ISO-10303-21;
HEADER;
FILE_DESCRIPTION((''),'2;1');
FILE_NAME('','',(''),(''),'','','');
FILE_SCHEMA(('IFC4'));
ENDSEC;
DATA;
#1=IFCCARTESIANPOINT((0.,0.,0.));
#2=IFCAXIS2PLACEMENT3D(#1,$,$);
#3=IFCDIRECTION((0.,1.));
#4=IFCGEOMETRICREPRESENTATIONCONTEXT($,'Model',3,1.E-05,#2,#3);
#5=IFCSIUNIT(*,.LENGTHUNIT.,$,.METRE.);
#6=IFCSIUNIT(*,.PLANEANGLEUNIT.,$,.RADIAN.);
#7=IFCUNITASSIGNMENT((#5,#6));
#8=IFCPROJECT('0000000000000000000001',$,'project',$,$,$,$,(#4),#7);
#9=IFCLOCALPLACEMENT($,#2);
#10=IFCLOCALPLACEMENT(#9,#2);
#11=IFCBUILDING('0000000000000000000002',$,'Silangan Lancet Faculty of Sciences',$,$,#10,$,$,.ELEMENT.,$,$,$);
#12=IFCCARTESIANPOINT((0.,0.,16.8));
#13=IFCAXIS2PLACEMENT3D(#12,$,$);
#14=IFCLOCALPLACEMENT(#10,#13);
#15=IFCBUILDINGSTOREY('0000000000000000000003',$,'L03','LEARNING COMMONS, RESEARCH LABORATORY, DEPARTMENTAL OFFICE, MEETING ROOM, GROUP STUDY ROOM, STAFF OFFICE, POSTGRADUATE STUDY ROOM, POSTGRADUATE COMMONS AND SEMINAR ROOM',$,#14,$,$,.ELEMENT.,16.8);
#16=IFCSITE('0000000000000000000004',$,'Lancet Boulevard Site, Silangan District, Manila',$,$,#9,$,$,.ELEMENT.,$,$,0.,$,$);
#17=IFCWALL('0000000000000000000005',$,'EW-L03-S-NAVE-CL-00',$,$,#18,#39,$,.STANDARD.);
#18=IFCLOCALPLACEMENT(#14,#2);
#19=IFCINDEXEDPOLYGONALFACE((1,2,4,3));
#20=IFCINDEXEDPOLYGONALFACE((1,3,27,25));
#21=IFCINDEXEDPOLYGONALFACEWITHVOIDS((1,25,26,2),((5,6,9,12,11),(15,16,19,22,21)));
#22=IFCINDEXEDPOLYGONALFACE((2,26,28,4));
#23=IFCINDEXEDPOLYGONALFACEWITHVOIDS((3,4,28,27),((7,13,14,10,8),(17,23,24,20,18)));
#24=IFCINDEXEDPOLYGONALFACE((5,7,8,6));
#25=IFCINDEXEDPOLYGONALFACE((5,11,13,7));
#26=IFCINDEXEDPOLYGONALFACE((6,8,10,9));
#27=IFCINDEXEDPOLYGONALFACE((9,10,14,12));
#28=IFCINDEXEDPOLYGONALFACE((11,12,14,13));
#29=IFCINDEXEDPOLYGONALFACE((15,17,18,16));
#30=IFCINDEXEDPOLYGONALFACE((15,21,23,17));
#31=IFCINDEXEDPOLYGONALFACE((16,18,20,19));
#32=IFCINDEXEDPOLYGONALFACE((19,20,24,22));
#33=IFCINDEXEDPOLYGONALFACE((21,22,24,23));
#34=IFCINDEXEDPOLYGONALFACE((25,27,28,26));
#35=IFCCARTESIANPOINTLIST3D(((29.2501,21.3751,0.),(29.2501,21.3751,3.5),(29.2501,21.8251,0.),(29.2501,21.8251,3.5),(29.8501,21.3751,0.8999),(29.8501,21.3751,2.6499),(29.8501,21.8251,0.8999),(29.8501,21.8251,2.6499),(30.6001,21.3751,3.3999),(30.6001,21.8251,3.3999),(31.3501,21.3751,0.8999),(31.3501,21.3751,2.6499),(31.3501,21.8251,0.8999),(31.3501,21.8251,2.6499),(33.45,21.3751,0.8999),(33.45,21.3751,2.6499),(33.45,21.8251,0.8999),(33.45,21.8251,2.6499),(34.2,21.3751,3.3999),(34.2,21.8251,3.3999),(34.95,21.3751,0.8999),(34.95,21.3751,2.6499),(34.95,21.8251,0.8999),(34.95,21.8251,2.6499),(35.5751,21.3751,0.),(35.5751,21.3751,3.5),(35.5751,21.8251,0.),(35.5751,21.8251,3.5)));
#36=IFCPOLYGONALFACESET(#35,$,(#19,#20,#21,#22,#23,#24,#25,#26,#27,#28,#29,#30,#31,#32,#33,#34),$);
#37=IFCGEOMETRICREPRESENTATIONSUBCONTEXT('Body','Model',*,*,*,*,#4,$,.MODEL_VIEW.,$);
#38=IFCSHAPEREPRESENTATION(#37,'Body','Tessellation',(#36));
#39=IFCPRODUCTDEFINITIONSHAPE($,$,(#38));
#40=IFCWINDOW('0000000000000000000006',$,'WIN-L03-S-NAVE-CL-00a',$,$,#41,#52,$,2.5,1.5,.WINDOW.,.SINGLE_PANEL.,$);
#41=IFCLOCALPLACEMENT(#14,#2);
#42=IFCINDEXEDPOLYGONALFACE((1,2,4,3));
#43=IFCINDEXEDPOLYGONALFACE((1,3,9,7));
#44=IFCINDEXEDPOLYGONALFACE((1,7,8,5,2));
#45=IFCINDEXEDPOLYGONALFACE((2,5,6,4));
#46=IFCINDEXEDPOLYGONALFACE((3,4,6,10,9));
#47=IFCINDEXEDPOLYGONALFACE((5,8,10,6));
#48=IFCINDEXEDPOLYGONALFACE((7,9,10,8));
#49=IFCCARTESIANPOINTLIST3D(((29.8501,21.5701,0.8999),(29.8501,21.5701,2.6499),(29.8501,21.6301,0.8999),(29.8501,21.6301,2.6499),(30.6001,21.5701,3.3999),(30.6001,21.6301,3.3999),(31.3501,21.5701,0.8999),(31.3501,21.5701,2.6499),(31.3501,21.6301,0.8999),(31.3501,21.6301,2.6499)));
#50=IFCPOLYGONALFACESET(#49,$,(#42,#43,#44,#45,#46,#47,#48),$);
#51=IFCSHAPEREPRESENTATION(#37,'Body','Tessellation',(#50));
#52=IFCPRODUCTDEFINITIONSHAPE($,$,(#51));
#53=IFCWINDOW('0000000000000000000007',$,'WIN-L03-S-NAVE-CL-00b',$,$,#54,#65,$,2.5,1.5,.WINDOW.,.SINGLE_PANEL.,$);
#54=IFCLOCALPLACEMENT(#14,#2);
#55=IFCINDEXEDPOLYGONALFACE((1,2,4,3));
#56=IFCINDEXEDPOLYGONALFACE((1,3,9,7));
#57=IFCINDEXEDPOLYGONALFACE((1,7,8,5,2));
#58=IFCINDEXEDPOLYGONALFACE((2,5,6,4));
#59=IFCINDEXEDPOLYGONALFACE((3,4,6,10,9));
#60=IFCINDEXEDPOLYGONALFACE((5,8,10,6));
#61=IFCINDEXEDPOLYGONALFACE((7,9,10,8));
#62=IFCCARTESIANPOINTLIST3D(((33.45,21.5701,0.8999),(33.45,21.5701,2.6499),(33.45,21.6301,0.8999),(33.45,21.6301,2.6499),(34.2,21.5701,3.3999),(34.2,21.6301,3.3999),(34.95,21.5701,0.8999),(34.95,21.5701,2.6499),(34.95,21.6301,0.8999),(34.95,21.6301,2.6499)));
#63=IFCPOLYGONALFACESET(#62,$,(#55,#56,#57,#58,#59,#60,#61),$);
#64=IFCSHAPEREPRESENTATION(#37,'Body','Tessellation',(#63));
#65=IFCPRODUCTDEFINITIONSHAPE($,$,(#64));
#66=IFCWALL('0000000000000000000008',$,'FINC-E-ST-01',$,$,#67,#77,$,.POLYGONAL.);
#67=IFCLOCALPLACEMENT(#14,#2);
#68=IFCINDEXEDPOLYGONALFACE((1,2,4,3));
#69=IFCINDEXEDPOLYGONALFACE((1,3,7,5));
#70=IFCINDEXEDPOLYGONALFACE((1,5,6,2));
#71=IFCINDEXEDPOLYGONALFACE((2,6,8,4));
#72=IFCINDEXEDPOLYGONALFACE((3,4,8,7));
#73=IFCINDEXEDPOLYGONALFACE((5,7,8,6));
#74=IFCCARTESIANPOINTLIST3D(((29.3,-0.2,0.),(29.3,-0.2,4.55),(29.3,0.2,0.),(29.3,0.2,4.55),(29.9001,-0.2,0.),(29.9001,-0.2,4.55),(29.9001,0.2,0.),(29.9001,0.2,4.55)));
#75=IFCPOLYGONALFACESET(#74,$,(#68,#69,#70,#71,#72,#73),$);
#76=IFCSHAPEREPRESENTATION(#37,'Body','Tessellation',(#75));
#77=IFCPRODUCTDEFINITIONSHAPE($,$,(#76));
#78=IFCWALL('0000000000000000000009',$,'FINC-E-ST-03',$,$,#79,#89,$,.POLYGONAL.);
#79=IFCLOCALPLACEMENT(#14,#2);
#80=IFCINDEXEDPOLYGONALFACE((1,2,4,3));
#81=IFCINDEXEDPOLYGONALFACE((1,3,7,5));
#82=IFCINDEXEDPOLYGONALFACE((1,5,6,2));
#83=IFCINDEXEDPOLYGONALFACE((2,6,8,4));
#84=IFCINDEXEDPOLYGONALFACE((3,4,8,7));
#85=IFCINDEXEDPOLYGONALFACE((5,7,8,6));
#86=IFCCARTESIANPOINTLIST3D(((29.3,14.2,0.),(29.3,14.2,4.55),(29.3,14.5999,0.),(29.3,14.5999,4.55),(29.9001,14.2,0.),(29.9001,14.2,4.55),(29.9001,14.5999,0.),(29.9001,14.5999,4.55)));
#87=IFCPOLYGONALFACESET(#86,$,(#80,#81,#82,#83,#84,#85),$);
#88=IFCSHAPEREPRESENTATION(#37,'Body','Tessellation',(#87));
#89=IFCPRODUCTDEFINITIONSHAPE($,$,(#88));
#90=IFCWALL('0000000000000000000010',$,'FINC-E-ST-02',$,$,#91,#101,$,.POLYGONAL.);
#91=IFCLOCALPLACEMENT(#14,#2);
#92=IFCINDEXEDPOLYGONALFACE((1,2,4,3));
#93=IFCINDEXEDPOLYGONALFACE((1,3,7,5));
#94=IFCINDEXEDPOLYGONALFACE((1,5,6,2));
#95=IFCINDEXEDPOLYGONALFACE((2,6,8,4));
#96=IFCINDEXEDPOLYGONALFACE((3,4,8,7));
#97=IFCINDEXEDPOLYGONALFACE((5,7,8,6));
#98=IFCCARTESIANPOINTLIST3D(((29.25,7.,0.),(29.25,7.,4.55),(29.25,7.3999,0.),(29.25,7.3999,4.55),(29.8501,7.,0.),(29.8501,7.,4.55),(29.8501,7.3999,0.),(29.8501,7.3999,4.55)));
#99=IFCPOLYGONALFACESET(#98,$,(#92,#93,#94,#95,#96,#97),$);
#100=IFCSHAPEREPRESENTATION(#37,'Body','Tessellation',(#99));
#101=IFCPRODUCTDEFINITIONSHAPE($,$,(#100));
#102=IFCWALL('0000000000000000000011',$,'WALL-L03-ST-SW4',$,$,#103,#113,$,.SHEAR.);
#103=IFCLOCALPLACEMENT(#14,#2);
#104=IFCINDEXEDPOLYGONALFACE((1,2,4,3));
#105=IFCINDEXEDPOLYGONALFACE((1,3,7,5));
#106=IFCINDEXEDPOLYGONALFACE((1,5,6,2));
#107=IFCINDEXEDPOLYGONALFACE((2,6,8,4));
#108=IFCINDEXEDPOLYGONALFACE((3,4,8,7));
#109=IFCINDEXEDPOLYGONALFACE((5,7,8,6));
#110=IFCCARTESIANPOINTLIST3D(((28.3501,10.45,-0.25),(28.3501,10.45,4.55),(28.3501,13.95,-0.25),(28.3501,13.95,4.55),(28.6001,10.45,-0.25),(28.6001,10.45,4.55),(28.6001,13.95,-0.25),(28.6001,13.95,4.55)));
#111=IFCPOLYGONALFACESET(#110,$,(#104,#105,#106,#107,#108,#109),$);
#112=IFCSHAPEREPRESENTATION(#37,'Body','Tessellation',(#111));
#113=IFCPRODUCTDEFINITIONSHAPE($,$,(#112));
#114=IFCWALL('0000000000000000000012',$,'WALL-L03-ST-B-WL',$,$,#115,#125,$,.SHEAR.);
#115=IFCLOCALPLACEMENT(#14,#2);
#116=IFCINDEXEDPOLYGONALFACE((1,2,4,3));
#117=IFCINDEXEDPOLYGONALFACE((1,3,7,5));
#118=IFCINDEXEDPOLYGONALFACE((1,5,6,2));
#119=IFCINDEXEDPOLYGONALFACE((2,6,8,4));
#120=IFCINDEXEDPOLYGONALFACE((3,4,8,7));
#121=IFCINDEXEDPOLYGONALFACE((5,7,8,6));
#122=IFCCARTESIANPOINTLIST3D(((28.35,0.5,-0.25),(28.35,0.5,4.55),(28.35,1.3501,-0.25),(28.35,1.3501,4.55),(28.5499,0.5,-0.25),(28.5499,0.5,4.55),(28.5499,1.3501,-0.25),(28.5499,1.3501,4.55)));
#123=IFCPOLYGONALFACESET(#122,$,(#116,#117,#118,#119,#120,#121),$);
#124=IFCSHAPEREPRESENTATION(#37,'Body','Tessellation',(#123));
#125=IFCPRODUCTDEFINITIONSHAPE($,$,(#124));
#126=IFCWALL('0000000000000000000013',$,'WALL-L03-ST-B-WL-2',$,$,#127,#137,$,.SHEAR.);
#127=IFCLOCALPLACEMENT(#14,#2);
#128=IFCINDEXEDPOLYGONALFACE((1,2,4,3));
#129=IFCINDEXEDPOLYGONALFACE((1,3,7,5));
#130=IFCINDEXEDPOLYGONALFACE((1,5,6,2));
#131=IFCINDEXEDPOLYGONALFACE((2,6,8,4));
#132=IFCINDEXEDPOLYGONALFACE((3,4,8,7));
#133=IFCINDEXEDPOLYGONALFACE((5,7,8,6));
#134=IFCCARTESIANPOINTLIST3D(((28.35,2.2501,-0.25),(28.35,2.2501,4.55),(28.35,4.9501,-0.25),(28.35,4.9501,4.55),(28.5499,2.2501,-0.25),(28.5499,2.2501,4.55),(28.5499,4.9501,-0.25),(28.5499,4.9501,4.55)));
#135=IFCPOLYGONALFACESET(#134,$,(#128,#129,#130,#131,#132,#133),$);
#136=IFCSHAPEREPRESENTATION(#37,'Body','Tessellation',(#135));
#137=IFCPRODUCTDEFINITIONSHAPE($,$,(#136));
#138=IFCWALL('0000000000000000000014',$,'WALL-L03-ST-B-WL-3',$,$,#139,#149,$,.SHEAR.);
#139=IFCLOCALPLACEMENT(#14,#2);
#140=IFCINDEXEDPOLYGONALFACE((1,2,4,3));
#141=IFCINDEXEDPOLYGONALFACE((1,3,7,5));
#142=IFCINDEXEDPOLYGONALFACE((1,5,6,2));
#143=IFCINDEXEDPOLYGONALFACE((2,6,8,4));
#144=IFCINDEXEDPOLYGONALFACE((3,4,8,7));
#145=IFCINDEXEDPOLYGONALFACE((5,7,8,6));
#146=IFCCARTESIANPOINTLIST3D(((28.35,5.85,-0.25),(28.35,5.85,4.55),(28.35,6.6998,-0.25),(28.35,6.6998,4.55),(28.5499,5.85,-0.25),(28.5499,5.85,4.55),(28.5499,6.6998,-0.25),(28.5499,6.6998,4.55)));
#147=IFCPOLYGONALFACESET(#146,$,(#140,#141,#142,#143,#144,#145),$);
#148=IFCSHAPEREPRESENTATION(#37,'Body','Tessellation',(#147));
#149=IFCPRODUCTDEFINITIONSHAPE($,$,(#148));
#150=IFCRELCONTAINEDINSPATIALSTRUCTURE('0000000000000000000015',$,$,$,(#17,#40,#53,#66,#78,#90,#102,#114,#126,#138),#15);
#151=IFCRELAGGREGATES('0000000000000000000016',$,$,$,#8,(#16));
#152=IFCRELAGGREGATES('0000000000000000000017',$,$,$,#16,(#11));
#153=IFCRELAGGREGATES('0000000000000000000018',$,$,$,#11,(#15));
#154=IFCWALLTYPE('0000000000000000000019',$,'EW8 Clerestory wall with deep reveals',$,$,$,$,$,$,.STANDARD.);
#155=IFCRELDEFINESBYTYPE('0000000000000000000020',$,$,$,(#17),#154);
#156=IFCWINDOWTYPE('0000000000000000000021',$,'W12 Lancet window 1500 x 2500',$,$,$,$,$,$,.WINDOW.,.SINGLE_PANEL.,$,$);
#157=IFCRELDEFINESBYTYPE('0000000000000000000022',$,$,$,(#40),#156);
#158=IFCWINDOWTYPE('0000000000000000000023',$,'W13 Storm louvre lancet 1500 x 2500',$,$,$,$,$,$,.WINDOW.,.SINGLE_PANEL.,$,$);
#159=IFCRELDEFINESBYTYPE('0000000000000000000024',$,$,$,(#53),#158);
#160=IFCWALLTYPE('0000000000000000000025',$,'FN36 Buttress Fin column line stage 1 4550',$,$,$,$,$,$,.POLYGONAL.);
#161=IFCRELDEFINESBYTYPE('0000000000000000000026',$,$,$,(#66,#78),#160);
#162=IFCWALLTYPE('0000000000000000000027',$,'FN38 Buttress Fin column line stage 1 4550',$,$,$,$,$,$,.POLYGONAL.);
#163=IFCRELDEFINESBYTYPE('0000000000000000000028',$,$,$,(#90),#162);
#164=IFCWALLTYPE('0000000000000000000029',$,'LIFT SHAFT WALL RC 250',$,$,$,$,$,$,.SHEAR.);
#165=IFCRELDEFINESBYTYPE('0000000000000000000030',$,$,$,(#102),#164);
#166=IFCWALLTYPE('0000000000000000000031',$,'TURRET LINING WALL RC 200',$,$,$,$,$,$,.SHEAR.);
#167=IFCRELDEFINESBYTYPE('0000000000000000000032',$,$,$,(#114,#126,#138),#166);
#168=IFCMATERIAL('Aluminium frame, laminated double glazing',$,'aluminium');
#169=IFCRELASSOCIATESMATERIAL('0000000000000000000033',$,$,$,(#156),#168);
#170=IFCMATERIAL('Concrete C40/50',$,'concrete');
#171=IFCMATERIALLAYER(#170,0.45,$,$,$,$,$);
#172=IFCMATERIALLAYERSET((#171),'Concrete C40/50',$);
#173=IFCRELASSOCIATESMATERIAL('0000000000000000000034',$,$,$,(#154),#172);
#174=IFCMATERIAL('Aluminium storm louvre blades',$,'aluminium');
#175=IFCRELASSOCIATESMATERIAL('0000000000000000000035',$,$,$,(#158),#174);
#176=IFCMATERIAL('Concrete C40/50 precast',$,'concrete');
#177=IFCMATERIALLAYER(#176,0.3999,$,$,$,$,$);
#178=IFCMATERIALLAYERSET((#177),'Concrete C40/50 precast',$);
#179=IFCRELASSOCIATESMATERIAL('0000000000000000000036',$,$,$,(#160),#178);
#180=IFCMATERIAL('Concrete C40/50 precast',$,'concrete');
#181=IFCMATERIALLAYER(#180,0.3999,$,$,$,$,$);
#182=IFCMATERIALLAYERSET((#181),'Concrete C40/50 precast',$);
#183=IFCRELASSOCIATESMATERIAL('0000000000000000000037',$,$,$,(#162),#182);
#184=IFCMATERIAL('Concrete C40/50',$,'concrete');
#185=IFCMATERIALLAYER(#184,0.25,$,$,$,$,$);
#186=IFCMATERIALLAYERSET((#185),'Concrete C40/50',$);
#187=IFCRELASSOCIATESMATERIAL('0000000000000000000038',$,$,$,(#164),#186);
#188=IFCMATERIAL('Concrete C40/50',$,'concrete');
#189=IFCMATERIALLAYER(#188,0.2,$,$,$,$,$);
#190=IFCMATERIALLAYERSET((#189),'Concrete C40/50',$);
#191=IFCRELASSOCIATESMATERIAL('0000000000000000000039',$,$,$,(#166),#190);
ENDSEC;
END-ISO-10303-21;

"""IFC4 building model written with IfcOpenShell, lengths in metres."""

from ifc_helpers import new_model, si_unit, direction, frame, frame_2d, origin, place, context, subcontext, project, spatial, polyline, rectangle, outline, extrude, material, layer, layer_set, type_object, element, fill, save


model = new_model("IFC4")

# Units and contexts
model_context = context("Model", 3, precision=1e-05, world=origin(), true_north=direction((0.0, 1.0)))
body_context = subcontext(model_context, "Body", "Model", "MODEL_VIEW")
ifc_project = project(units=[si_unit("LENGTHUNIT", "METRE"), si_unit("PLANEANGLEUNIT", "RADIAN")], contexts=[model_context])

# Site, building, storey
site_placement = place(None, origin())
site = spatial("IfcSite", under=ifc_project, at=site_placement, Name="Lancet Boulevard Site, Silangan District, Manila", CompositionType="ELEMENT", RefElevation=0.0)
building_placement = place(site_placement, origin())
building = spatial("IfcBuilding", under=site, at=building_placement, Name="Silangan Lancet Faculty of Sciences", CompositionType="ELEMENT")
storey_placement = place(building_placement, frame((0.0, 0.0, 16.8)))
storey = spatial("IfcBuildingStorey", under=building, at=storey_placement, Name="L03", Description="LEARNING COMMONS, RESEARCH LABORATORY, DEPARTMENTAL OFFICE, MEETING ROOM, GROUP STUDY ROOM, STAFF OFFICE, POSTGRADUATE STUDY ROOM, POSTGRADUATE COMMONS AND SEMINAR ROOM", CompositionType="ELEMENT", Elevation=16.8)

# Shared definitions
ifc_material_1 = material(Name="Aluminium frame, laminated double glazing", Category="aluminium")
window_type_1 = type_object("IfcWindowType", Name="W12 Lancet window 1500 x 2500", PartitioningType="SINGLE_PANEL", PredefinedType="WINDOW", material=ifc_material_1)

# Wall, openings, windows
ifc_material_2 = material(Name="Concrete C40/50", Category="concrete")
ifc_layer_1 = layer(ifc_material_2, 0.45)
ifc_layer_set_1 = layer_set([ifc_layer_1], Name="Concrete C40/50")
wall_type_1 = type_object("IfcWallType", Name="EW8 Clerestory wall with deep reveals", PredefinedType="STANDARD", material=ifc_layer_set_1)
wall_1_placement = place(storey_placement, frame((29.25, 21.6001, 0.0), z_axis=(0.0, 0.0, 1.0), x_axis=(1.0, 0.0, 0.0)))
wall_1 = element("IfcWall", 1, at=wall_1_placement, inside=storey, type_object=wall_type_1, Name="EW-L03-S-NAVE-CL-00", PredefinedType="STANDARD", context=body_context, shape_type="SweptSolid", body=[
    extrude(rectangle(XDim=6.325, YDim=0.45, at=frame_2d((3.1626, 0.0))), origin(), (0.0, 0.0, 1.0), 3.5),
])
opening_1_placement = place(wall_1_placement, frame((0.6001, 0.0, 0.8999)))
opening_1 = element("IfcOpeningElement", 2, at=opening_1_placement, cuts=wall_1, PredefinedType="OPENING", context=body_context, shape_type="SweptSolid", body=[
    extrude(outline(polyline([(0.0, 0.0), (1.5, 0.0), (1.5, 1.75), (0.75, 2.5), (0.0, 1.75), (0.0, 0.0)])), frame((0.0, 0.2349, 0.0), z_axis=(0.0, -1.0, 0.0), x_axis=(1.0, 0.0, 0.0)), (0.0, 0.0, 1.0), 0.47),
])
opening_2_placement = place(wall_1_placement, frame((4.2, 0.0, 0.8999)))
opening_2 = element("IfcOpeningElement", 3, at=opening_2_placement, cuts=wall_1, PredefinedType="OPENING", context=body_context, shape_type="SweptSolid", body=[
    extrude(outline(polyline([(0.0, 0.0), (1.5, 0.0), (1.5, 1.75), (0.75, 2.5), (0.0, 1.75), (0.0, 0.0)])), frame((0.0, 0.2349, 0.0), z_axis=(0.0, -1.0, 0.0), x_axis=(1.0, 0.0, 0.0)), (0.0, 0.0, 1.0), 0.47),
])
window_1_placement = place(opening_1_placement, origin())
window_1 = element("IfcWindow", 4, at=window_1_placement, inside=storey, type_object=window_type_1, Name="WIN-L03-S-NAVE-CL-00a", OverallHeight=2.5, OverallWidth=1.5, PartitioningType="SINGLE_PANEL", PredefinedType="WINDOW", context=body_context, shape_type="SweptSolid", body=[
    extrude(outline(polyline([(0.0, 0.0), (1.5, 0.0), (1.5, 1.75), (0.75, 2.5), (0.0, 1.75), (0.0, 0.0)])), frame((0.0, 0.03, 0.0), z_axis=(0.0, -1.0, 0.0), x_axis=(1.0, 0.0, 0.0)), (0.0, 0.0, 1.0), 0.0601),
])
fill(opening_1, window_1)
ifc_material_3 = material(Name="Aluminium storm louvre blades", Category="aluminium")
window_type_2 = type_object("IfcWindowType", Name="W13 Storm louvre lancet 1500 x 2500", PartitioningType="SINGLE_PANEL", PredefinedType="WINDOW", material=ifc_material_3)
window_2_placement = place(opening_2_placement, origin())
window_2 = element("IfcWindow", 5, at=window_2_placement, inside=storey, type_object=window_type_2, Name="WIN-L03-S-NAVE-CL-00b", OverallHeight=2.5, OverallWidth=1.5, PartitioningType="SINGLE_PANEL", PredefinedType="WINDOW", context=body_context, shape_type="SweptSolid", body=[
    extrude(outline(polyline([(0.0, 0.0), (1.5, 0.0), (1.5, 1.75), (0.75, 2.5), (0.0, 1.75), (0.0, 0.0)])), frame((0.0, 0.03, 0.0), z_axis=(0.0, -1.0, 0.0), x_axis=(1.0, 0.0, 0.0)), (0.0, 0.0, 1.0), 0.0601),
])
fill(opening_2, window_2)

# Walls
ifc_material_4 = material(Name="Concrete C40/50 precast", Category="concrete")
ifc_layer_2 = layer(ifc_material_4, 0.3999)
ifc_layer_set_2 = layer_set([ifc_layer_2], Name="Concrete C40/50 precast")
wall_type_2 = type_object("IfcWallType", Name="FN36 Buttress Fin column line stage 1 4550", PredefinedType="POLYGONAL", material=ifc_layer_set_2)
for number, where, z_axis, x_axis, name in (
    (6, (29.3, 0.0, 0.0), (0.0, 0.0, 1.0), (1.0, 0.0, 0.0), "FINC-E-ST-01"),
    (7, (29.3, 14.3999, 0.0), (0.0, 0.0, 1.0), (1.0, 0.0, 0.0), "FINC-E-ST-03"),
):
    element("IfcWall", number, at=place(storey_placement, frame(where, z_axis=z_axis, x_axis=x_axis)), inside=storey, type_object=wall_type_2, Name=name, PredefinedType="POLYGONAL", context=body_context, shape_type="SweptSolid", body=[
        extrude(outline(polyline([(0.6001, 0.0), (0.6001, 4.55), (0.0, 4.55), (0.0, 0.0), (0.6001, 0.0)])), frame((0.0, 0.2, 0.0), z_axis=(0.0, -1.0, 0.0), x_axis=(1.0, 0.0, 0.0)), (0.0, 0.0, 1.0), 0.3999),
    ])
ifc_material_5 = material(Name="Concrete C40/50 precast", Category="concrete")
ifc_layer_3 = layer(ifc_material_5, 0.3999)
ifc_layer_set_3 = layer_set([ifc_layer_3], Name="Concrete C40/50 precast")
wall_type_3 = type_object("IfcWallType", Name="FN38 Buttress Fin column line stage 1 4550", PredefinedType="POLYGONAL", material=ifc_layer_set_3)
wall_2_placement = place(storey_placement, frame((29.25, 7.2, 0.0), z_axis=(0.0, 0.0, 1.0), x_axis=(1.0, 0.0, 0.0)))
element("IfcWall", 8, at=wall_2_placement, inside=storey, type_object=wall_type_3, Name="FINC-E-ST-02", PredefinedType="POLYGONAL", context=body_context, shape_type="SweptSolid", body=[
    extrude(outline(polyline([(0.6001, 0.0), (0.6001, 4.55), (0.0, 4.55), (0.0, 0.0), (0.6001, 0.0)])), frame((0.0, 0.2, 0.0), z_axis=(0.0, -1.0, 0.0), x_axis=(1.0, 0.0, 0.0)), (0.0, 0.0, 1.0), 0.3999),
])
ifc_material_6 = material(Name="Concrete C40/50", Category="concrete")
ifc_layer_4 = layer(ifc_material_6, 0.25)
ifc_layer_set_4 = layer_set([ifc_layer_4], Name="Concrete C40/50")
wall_type_4 = type_object("IfcWallType", Name="LIFT SHAFT WALL RC 250", PredefinedType="SHEAR", material=ifc_layer_set_4)
wall_3_placement = place(storey_placement, frame((28.4751, 10.45, -0.25), z_axis=(0.0, 0.0, 1.0), x_axis=(0.0, 1.0, 0.0)))
element("IfcWall", 9, at=wall_3_placement, inside=storey, type_object=wall_type_4, Name="WALL-L03-ST-SW4", PredefinedType="SHEAR", context=body_context, shape_type="SweptSolid", body=[
    extrude(rectangle(XDim=3.5, YDim=0.25, at=frame_2d((1.75, 0.0))), origin(), (0.0, 0.0, 1.0), 4.8),
])
ifc_material_7 = material(Name="Concrete C40/50", Category="concrete")
ifc_layer_5 = layer(ifc_material_7, 0.2)
ifc_layer_set_5 = layer_set([ifc_layer_5], Name="Concrete C40/50")
wall_type_5 = type_object("IfcWallType", Name="TURRET LINING WALL RC 200", PredefinedType="SHEAR", material=ifc_layer_set_5)
wall_4_placement = place(storey_placement, frame((28.45, 0.5, -0.25), z_axis=(0.0, 0.0, 1.0), x_axis=(0.0, 1.0, 0.0)))
element("IfcWall", 10, at=wall_4_placement, inside=storey, type_object=wall_type_5, Name="WALL-L03-ST-B-WL", PredefinedType="SHEAR", context=body_context, shape_type="SweptSolid", body=[
    extrude(rectangle(XDim=0.8501, YDim=0.2, at=frame_2d((0.425, 0.0))), origin(), (0.0, 0.0, 1.0), 4.8),
])
wall_5_placement = place(storey_placement, frame((28.45, 2.25, -0.25), z_axis=(0.0, 0.0, 1.0), x_axis=(0.0, 1.0, 0.0)))
element("IfcWall", 11, at=wall_5_placement, inside=storey, type_object=wall_type_5, Name="WALL-L03-ST-B-WL-2", PredefinedType="SHEAR", context=body_context, shape_type="SweptSolid", body=[
    extrude(rectangle(XDim=2.7, YDim=0.2, at=frame_2d((1.3501, 0.0))), origin(), (0.0, 0.0, 1.0), 4.8),
])
wall_6_placement = place(storey_placement, frame((28.45, 5.8501, -0.25), z_axis=(0.0, 0.0, 1.0), x_axis=(0.0, 1.0, 0.0)))
element("IfcWall", 12, at=wall_6_placement, inside=storey, type_object=wall_type_5, Name="WALL-L03-ST-B-WL-3", PredefinedType="SHEAR", context=body_context, shape_type="SweptSolid", body=[
    extrude(rectangle(XDim=0.8499, YDim=0.2, at=frame_2d((0.4248, 0.0))), origin(), (0.0, 0.0, 1.0), 4.8),
])

save(model, "model.ifc")
